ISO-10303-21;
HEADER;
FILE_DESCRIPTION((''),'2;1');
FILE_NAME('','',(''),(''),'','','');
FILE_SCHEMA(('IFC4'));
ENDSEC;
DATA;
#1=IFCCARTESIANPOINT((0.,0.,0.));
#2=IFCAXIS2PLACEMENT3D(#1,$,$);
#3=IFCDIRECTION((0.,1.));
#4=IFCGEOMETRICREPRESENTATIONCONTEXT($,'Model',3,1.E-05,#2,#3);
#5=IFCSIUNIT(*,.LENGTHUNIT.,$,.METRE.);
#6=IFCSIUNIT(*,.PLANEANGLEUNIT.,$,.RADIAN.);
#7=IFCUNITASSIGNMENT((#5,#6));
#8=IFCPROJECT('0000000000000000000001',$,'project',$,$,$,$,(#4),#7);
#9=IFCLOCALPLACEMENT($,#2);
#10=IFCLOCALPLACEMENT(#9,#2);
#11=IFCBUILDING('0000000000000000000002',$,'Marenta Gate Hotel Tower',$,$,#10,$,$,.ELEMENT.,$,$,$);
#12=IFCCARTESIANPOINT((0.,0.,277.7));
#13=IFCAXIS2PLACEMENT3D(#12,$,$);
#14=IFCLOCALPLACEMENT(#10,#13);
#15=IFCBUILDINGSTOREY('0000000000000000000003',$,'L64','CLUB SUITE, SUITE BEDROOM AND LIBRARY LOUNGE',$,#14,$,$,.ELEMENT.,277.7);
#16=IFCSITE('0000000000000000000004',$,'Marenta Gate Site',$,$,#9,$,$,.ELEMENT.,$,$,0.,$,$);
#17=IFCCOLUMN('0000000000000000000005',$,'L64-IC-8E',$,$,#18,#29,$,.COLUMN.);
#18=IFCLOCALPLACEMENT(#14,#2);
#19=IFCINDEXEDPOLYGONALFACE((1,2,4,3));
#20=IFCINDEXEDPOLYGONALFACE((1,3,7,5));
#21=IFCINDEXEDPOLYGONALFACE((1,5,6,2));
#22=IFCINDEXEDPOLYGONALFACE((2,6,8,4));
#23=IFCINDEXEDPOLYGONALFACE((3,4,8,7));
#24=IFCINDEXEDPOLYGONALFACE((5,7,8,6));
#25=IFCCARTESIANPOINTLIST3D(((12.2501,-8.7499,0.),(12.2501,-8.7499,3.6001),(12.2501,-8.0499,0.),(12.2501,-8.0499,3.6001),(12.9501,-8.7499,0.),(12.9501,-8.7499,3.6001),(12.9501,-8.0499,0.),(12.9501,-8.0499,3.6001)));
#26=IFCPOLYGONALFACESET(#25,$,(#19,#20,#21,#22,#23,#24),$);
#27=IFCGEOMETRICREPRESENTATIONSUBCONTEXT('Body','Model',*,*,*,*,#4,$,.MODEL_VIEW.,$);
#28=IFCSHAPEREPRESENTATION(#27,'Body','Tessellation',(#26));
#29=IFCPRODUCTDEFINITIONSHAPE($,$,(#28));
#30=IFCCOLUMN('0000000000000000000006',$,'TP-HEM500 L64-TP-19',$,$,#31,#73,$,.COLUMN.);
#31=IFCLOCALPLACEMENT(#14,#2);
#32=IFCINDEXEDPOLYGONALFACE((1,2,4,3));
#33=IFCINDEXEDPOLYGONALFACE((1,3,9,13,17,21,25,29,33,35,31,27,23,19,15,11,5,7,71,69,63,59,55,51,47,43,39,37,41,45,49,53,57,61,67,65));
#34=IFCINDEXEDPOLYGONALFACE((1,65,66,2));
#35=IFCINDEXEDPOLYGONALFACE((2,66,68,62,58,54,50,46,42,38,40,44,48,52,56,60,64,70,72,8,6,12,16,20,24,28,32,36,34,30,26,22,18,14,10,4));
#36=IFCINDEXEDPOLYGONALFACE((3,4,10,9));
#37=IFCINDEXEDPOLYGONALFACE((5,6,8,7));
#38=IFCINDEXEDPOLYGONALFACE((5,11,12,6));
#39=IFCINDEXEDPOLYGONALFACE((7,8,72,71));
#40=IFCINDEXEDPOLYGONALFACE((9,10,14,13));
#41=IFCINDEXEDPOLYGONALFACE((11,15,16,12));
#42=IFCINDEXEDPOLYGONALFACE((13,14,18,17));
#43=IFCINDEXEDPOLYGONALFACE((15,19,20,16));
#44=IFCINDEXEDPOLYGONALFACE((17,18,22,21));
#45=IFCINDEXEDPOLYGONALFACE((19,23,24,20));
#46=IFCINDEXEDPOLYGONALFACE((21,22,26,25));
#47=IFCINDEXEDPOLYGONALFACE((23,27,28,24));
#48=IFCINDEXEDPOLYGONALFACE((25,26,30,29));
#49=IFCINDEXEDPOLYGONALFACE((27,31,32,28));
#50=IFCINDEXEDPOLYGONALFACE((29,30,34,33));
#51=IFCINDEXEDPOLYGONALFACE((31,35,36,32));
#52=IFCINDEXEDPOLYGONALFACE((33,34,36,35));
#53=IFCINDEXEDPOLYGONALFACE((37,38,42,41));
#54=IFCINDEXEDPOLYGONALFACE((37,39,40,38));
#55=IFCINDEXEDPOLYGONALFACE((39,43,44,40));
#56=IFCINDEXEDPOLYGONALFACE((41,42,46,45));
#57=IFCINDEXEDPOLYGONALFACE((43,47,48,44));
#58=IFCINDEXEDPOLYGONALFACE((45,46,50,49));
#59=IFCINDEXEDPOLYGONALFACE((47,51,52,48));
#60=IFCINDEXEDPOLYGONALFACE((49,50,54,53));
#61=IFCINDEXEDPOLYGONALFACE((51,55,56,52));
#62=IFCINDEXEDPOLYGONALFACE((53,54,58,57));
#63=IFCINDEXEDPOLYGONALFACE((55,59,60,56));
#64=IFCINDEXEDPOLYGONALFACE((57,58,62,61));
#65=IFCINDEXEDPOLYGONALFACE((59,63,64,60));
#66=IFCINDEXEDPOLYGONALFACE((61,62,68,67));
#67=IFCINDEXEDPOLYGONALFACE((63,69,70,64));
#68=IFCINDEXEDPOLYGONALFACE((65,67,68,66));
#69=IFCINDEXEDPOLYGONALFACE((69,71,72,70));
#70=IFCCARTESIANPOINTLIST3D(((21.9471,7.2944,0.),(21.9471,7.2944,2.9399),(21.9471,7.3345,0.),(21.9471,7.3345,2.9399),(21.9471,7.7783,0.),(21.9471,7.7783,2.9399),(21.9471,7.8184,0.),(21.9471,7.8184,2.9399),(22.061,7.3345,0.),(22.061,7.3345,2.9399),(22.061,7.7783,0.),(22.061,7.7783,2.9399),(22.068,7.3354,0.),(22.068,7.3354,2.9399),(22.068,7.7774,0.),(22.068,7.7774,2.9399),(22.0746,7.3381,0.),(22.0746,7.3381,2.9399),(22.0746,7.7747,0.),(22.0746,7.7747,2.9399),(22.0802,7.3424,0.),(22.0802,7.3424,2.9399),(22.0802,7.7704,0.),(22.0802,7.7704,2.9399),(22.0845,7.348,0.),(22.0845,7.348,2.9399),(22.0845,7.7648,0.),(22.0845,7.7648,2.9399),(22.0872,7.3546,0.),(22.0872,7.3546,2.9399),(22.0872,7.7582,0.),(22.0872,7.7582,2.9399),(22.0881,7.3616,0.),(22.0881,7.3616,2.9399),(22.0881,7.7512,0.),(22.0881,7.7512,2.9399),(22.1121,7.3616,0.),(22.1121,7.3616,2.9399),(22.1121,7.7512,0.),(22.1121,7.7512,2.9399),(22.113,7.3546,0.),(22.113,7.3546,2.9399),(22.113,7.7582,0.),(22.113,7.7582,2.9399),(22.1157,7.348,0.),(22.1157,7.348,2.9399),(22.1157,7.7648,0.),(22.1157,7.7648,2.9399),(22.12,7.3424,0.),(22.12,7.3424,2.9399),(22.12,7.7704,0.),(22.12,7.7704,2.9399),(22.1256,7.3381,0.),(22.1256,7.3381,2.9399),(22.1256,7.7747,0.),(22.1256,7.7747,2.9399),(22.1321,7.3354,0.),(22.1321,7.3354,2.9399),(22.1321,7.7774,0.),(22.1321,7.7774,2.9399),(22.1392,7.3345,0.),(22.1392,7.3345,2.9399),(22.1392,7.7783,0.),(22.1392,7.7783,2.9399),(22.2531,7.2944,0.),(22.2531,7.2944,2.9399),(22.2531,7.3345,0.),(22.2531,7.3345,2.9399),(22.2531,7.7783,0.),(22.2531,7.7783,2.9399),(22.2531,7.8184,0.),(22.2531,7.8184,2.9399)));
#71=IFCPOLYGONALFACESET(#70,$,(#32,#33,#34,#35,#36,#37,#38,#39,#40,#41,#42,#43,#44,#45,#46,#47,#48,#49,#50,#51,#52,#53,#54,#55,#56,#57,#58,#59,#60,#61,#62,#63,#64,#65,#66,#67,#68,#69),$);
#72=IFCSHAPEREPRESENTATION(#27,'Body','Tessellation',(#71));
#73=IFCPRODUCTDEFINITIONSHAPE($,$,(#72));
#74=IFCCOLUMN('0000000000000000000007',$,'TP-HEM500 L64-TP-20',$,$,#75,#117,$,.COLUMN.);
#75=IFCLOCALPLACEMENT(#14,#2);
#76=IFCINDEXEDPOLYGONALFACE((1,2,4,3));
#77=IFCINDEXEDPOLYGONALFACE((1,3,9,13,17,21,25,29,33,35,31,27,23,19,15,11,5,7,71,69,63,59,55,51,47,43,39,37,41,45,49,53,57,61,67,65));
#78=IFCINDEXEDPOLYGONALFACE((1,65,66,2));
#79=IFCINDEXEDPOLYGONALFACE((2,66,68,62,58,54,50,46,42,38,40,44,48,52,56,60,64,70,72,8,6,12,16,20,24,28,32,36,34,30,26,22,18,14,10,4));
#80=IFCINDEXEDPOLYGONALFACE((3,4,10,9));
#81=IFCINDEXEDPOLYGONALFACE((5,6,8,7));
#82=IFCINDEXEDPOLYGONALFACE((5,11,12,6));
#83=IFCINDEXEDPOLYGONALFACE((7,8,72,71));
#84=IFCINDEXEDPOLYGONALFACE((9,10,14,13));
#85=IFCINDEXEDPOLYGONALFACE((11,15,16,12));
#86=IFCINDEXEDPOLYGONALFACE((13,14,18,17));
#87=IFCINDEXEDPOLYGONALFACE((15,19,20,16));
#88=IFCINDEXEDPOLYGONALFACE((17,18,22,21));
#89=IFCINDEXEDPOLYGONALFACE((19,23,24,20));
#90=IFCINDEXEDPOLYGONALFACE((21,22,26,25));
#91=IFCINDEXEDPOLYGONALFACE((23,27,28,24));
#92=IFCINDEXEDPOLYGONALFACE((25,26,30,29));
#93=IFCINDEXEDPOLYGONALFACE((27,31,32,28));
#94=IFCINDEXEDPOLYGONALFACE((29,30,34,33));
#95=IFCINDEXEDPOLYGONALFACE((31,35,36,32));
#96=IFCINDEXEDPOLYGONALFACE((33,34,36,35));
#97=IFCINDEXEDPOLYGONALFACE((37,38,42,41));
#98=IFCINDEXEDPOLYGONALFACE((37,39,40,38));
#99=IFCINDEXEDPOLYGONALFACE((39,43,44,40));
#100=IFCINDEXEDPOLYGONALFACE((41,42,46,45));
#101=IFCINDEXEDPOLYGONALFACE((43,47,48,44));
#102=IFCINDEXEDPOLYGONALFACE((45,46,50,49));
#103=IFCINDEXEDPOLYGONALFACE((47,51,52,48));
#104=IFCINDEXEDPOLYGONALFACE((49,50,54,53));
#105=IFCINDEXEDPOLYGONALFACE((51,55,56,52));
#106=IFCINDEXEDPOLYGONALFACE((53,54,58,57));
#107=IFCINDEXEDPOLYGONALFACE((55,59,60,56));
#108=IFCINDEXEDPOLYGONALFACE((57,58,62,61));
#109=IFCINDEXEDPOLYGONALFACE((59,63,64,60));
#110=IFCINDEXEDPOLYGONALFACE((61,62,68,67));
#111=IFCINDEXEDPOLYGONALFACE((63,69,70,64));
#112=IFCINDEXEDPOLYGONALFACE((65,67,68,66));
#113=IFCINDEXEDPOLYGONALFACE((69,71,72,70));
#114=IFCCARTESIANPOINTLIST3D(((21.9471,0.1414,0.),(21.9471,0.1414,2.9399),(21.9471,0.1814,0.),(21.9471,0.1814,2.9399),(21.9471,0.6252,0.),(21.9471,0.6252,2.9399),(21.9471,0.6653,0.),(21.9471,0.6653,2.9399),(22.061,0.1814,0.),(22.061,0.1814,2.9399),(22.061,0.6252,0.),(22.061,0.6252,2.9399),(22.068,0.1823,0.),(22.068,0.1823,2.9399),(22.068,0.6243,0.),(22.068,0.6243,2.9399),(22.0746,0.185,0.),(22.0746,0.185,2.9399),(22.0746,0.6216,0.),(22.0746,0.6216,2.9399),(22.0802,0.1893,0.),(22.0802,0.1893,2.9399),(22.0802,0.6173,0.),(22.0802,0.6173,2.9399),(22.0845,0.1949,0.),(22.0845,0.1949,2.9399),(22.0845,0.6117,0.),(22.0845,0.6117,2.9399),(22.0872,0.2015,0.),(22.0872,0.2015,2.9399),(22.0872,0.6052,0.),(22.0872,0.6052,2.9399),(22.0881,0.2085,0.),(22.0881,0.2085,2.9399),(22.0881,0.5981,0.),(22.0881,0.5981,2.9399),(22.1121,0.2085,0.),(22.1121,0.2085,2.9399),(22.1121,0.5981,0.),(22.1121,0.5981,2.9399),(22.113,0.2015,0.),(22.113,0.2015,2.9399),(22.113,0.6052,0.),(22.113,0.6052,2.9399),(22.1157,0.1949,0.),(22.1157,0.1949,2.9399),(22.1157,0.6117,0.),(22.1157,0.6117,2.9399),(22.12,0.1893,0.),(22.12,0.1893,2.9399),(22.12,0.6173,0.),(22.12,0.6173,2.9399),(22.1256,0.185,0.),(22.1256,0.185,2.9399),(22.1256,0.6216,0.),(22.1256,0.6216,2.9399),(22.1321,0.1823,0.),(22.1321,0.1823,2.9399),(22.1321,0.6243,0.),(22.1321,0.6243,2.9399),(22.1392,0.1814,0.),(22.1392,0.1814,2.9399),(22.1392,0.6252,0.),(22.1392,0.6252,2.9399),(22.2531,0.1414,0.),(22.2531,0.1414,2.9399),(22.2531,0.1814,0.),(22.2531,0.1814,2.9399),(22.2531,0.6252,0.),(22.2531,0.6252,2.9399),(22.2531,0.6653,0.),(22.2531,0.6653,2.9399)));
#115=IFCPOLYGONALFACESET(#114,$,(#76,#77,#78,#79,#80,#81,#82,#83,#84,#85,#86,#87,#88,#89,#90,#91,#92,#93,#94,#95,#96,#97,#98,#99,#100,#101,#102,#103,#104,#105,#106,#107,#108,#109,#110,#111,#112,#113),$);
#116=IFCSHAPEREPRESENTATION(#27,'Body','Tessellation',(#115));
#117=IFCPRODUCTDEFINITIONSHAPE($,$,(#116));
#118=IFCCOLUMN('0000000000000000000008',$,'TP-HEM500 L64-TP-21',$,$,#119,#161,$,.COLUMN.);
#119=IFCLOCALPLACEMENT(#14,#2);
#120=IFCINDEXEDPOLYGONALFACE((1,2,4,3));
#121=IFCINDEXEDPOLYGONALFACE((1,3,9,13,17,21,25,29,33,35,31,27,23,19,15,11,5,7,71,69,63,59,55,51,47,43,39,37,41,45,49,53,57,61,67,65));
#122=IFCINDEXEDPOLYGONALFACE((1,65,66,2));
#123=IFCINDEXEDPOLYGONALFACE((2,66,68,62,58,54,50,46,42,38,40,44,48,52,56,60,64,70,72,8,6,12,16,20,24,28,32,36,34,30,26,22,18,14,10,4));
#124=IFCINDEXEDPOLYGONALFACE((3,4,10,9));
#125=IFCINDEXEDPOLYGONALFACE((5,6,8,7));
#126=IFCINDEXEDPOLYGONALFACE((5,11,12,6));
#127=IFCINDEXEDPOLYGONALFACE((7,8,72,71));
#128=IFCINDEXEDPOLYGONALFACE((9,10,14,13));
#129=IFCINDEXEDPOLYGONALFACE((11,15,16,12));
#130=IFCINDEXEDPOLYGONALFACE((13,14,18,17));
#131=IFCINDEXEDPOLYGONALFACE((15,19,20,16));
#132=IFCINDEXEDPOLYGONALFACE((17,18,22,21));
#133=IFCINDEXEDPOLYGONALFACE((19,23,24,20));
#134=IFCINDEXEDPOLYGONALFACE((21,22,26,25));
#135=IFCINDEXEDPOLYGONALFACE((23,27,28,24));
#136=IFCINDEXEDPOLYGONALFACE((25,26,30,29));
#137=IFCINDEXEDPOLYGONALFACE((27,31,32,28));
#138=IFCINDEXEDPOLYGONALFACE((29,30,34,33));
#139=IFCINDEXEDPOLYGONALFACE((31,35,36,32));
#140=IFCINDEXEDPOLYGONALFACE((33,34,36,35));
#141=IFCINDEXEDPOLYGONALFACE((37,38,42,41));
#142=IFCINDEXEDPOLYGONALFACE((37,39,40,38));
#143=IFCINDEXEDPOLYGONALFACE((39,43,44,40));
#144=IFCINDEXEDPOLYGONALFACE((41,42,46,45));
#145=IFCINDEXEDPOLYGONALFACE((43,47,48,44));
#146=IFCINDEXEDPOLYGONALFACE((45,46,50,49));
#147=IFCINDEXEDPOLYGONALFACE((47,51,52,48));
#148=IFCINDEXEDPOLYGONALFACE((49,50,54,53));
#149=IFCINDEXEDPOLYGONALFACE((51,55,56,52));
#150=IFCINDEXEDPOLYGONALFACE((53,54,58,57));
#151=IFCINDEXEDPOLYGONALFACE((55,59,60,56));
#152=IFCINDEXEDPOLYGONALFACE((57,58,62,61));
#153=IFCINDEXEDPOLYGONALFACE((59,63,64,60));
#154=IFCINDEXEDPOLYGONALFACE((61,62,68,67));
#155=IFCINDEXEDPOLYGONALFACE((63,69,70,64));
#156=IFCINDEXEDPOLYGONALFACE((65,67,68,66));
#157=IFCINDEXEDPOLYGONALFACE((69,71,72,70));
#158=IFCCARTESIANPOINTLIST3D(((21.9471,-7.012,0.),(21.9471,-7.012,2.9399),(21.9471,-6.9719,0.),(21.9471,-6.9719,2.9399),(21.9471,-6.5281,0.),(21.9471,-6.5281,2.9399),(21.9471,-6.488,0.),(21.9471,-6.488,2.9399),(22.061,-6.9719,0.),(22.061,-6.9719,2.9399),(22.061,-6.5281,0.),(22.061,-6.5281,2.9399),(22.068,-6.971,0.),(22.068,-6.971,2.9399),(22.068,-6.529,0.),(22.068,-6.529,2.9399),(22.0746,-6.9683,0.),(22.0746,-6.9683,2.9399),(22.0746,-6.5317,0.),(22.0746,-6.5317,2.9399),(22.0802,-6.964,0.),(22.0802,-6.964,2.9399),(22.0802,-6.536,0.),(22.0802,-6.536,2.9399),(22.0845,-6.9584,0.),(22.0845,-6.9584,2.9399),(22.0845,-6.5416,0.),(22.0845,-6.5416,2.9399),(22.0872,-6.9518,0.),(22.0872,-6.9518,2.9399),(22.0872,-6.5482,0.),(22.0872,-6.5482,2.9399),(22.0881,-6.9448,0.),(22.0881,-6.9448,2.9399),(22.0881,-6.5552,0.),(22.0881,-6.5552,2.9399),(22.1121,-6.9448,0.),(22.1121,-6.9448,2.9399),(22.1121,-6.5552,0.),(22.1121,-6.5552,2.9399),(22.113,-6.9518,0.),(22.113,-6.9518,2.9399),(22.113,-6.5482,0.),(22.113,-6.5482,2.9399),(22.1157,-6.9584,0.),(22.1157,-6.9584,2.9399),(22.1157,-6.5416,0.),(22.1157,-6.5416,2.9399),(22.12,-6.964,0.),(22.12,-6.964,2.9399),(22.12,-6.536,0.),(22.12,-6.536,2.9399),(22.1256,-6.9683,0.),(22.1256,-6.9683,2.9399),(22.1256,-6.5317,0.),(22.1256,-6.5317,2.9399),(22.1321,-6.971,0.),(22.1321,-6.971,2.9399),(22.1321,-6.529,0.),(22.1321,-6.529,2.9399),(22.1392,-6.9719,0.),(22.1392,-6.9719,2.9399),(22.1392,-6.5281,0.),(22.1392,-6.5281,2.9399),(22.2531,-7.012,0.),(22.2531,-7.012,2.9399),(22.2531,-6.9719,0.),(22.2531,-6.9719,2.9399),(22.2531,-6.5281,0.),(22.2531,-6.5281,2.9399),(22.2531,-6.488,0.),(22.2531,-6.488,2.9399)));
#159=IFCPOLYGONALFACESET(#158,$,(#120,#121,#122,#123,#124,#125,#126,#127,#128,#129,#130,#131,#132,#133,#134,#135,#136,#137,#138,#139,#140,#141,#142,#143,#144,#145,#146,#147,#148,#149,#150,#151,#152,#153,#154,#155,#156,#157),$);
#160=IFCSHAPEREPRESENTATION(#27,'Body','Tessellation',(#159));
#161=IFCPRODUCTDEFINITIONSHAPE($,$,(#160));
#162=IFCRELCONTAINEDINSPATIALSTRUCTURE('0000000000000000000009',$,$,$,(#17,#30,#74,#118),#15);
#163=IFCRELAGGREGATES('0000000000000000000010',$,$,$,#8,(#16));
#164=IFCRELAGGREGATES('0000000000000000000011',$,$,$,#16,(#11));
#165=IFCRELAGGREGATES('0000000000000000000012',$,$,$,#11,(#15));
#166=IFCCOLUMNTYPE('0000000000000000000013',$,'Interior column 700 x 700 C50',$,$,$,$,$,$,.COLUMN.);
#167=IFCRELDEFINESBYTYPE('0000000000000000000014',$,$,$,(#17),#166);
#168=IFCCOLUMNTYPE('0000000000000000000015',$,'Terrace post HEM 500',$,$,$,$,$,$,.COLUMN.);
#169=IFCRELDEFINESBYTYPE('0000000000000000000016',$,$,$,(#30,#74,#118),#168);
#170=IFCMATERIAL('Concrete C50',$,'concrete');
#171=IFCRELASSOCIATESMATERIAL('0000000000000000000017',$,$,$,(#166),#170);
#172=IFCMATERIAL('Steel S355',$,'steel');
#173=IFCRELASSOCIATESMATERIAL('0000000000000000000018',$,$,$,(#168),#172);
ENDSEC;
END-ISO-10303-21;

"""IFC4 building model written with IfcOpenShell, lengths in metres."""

from ifc_helpers import new_model, si_unit, direction, frame, origin, origin_2d, place, context, subcontext, project, spatial, rectangle, i_section, extrude, material, material_profile, profile_set, type_object, element, save


model = new_model("IFC4")

# Units and contexts
model_context = context("Model", 3, precision=1e-05, world=origin(), true_north=direction((0.0, 1.0)))
body_context = subcontext(model_context, "Body", "Model", "MODEL_VIEW")
ifc_project = project(units=[si_unit("LENGTHUNIT", "METRE"), si_unit("PLANEANGLEUNIT", "RADIAN")], contexts=[model_context])

# Site, building, storey
site_placement = place(None, origin())
site = spatial("IfcSite", under=ifc_project, at=site_placement, Name="Marenta Gate Site", CompositionType="ELEMENT", RefElevation=0.0)
building_placement = place(site_placement, origin())
building = spatial("IfcBuilding", under=site, at=building_placement, Name="Marenta Gate Hotel Tower", CompositionType="ELEMENT")
storey_placement = place(building_placement, frame((0.0, 0.0, 277.7)))
storey = spatial("IfcBuildingStorey", under=building, at=storey_placement, Name="L64", Description="CLUB SUITE, SUITE BEDROOM AND LIBRARY LOUNGE", CompositionType="ELEMENT", Elevation=277.7)

# Columns
ifc_material_1 = material(Name="Concrete C50", Category="concrete")
ifc_material_profile_1 = material_profile(ifc_material_1, rectangle(XDim=0.7, YDim=0.7, at=origin_2d()), Name="700 x 700")
ifc_profile_set_1 = profile_set([ifc_material_profile_1], Name="Concrete C50")
column_type_1 = type_object("IfcColumnType", Name="Interior column 700 x 700 C50", PredefinedType="COLUMN", material=ifc_profile_set_1)
column_placement = place(storey_placement, frame((12.6001, -8.3999, 0.0), z_axis=(0.0, 0.0, 1.0), x_axis=(1.0, 0.0, 0.0)))
element("IfcColumn", 1, at=column_placement, inside=storey, type_object=column_type_1, Name="L64-IC-8E", PredefinedType="COLUMN", context=body_context, shape_type="SweptSolid", body=[
    extrude(rectangle(XDim=0.7, YDim=0.7, at=origin_2d()), origin(), (0.0, 0.0, 1.0), 3.6001),
])
ifc_material_2 = material(Name="Steel S355", Category="steel")
ifc_material_profile_2 = material_profile(ifc_material_2, i_section(OverallWidth=0.3059, OverallDepth=0.5239, WebThickness=0.0239, FlangeThickness=0.04, FilletRadius=0.0271, at=origin_2d()), Name="HEM 500")
ifc_profile_set_2 = profile_set([ifc_material_profile_2], Name="Steel S355")
column_type_2 = type_object("IfcColumnType", Name="Terrace post HEM 500", PredefinedType="COLUMN", material=ifc_profile_set_2)
for number, where, z_axis, x_axis, name in (
    (2, (22.1001, 7.5564, 0.0), (0.0, 0.0, 1.0), (1.0, 0.0, 0.0), "TP-HEM500 L64-TP-19"),
    (3, (22.1001, 0.4033, 0.0), (0.0, 0.0, 1.0), (1.0, 0.0, 0.0), "TP-HEM500 L64-TP-20"),
    (4, (22.1001, -6.75, 0.0), (0.0, 0.0, 1.0), (1.0, 0.0, 0.0), "TP-HEM500 L64-TP-21"),
):
    element("IfcColumn", number, at=place(storey_placement, frame(where, z_axis=z_axis, x_axis=x_axis)), inside=storey, type_object=column_type_2, Name=name, PredefinedType="COLUMN", context=body_context, shape_type="SweptSolid", body=[
        extrude(i_section(OverallWidth=0.3059, OverallDepth=0.5239, WebThickness=0.0239, FlangeThickness=0.04, FilletRadius=0.0271, at=origin_2d()), origin(), (0.0, 0.0, 1.0), 2.9399),
    ])

save(model, "model.ifc")
